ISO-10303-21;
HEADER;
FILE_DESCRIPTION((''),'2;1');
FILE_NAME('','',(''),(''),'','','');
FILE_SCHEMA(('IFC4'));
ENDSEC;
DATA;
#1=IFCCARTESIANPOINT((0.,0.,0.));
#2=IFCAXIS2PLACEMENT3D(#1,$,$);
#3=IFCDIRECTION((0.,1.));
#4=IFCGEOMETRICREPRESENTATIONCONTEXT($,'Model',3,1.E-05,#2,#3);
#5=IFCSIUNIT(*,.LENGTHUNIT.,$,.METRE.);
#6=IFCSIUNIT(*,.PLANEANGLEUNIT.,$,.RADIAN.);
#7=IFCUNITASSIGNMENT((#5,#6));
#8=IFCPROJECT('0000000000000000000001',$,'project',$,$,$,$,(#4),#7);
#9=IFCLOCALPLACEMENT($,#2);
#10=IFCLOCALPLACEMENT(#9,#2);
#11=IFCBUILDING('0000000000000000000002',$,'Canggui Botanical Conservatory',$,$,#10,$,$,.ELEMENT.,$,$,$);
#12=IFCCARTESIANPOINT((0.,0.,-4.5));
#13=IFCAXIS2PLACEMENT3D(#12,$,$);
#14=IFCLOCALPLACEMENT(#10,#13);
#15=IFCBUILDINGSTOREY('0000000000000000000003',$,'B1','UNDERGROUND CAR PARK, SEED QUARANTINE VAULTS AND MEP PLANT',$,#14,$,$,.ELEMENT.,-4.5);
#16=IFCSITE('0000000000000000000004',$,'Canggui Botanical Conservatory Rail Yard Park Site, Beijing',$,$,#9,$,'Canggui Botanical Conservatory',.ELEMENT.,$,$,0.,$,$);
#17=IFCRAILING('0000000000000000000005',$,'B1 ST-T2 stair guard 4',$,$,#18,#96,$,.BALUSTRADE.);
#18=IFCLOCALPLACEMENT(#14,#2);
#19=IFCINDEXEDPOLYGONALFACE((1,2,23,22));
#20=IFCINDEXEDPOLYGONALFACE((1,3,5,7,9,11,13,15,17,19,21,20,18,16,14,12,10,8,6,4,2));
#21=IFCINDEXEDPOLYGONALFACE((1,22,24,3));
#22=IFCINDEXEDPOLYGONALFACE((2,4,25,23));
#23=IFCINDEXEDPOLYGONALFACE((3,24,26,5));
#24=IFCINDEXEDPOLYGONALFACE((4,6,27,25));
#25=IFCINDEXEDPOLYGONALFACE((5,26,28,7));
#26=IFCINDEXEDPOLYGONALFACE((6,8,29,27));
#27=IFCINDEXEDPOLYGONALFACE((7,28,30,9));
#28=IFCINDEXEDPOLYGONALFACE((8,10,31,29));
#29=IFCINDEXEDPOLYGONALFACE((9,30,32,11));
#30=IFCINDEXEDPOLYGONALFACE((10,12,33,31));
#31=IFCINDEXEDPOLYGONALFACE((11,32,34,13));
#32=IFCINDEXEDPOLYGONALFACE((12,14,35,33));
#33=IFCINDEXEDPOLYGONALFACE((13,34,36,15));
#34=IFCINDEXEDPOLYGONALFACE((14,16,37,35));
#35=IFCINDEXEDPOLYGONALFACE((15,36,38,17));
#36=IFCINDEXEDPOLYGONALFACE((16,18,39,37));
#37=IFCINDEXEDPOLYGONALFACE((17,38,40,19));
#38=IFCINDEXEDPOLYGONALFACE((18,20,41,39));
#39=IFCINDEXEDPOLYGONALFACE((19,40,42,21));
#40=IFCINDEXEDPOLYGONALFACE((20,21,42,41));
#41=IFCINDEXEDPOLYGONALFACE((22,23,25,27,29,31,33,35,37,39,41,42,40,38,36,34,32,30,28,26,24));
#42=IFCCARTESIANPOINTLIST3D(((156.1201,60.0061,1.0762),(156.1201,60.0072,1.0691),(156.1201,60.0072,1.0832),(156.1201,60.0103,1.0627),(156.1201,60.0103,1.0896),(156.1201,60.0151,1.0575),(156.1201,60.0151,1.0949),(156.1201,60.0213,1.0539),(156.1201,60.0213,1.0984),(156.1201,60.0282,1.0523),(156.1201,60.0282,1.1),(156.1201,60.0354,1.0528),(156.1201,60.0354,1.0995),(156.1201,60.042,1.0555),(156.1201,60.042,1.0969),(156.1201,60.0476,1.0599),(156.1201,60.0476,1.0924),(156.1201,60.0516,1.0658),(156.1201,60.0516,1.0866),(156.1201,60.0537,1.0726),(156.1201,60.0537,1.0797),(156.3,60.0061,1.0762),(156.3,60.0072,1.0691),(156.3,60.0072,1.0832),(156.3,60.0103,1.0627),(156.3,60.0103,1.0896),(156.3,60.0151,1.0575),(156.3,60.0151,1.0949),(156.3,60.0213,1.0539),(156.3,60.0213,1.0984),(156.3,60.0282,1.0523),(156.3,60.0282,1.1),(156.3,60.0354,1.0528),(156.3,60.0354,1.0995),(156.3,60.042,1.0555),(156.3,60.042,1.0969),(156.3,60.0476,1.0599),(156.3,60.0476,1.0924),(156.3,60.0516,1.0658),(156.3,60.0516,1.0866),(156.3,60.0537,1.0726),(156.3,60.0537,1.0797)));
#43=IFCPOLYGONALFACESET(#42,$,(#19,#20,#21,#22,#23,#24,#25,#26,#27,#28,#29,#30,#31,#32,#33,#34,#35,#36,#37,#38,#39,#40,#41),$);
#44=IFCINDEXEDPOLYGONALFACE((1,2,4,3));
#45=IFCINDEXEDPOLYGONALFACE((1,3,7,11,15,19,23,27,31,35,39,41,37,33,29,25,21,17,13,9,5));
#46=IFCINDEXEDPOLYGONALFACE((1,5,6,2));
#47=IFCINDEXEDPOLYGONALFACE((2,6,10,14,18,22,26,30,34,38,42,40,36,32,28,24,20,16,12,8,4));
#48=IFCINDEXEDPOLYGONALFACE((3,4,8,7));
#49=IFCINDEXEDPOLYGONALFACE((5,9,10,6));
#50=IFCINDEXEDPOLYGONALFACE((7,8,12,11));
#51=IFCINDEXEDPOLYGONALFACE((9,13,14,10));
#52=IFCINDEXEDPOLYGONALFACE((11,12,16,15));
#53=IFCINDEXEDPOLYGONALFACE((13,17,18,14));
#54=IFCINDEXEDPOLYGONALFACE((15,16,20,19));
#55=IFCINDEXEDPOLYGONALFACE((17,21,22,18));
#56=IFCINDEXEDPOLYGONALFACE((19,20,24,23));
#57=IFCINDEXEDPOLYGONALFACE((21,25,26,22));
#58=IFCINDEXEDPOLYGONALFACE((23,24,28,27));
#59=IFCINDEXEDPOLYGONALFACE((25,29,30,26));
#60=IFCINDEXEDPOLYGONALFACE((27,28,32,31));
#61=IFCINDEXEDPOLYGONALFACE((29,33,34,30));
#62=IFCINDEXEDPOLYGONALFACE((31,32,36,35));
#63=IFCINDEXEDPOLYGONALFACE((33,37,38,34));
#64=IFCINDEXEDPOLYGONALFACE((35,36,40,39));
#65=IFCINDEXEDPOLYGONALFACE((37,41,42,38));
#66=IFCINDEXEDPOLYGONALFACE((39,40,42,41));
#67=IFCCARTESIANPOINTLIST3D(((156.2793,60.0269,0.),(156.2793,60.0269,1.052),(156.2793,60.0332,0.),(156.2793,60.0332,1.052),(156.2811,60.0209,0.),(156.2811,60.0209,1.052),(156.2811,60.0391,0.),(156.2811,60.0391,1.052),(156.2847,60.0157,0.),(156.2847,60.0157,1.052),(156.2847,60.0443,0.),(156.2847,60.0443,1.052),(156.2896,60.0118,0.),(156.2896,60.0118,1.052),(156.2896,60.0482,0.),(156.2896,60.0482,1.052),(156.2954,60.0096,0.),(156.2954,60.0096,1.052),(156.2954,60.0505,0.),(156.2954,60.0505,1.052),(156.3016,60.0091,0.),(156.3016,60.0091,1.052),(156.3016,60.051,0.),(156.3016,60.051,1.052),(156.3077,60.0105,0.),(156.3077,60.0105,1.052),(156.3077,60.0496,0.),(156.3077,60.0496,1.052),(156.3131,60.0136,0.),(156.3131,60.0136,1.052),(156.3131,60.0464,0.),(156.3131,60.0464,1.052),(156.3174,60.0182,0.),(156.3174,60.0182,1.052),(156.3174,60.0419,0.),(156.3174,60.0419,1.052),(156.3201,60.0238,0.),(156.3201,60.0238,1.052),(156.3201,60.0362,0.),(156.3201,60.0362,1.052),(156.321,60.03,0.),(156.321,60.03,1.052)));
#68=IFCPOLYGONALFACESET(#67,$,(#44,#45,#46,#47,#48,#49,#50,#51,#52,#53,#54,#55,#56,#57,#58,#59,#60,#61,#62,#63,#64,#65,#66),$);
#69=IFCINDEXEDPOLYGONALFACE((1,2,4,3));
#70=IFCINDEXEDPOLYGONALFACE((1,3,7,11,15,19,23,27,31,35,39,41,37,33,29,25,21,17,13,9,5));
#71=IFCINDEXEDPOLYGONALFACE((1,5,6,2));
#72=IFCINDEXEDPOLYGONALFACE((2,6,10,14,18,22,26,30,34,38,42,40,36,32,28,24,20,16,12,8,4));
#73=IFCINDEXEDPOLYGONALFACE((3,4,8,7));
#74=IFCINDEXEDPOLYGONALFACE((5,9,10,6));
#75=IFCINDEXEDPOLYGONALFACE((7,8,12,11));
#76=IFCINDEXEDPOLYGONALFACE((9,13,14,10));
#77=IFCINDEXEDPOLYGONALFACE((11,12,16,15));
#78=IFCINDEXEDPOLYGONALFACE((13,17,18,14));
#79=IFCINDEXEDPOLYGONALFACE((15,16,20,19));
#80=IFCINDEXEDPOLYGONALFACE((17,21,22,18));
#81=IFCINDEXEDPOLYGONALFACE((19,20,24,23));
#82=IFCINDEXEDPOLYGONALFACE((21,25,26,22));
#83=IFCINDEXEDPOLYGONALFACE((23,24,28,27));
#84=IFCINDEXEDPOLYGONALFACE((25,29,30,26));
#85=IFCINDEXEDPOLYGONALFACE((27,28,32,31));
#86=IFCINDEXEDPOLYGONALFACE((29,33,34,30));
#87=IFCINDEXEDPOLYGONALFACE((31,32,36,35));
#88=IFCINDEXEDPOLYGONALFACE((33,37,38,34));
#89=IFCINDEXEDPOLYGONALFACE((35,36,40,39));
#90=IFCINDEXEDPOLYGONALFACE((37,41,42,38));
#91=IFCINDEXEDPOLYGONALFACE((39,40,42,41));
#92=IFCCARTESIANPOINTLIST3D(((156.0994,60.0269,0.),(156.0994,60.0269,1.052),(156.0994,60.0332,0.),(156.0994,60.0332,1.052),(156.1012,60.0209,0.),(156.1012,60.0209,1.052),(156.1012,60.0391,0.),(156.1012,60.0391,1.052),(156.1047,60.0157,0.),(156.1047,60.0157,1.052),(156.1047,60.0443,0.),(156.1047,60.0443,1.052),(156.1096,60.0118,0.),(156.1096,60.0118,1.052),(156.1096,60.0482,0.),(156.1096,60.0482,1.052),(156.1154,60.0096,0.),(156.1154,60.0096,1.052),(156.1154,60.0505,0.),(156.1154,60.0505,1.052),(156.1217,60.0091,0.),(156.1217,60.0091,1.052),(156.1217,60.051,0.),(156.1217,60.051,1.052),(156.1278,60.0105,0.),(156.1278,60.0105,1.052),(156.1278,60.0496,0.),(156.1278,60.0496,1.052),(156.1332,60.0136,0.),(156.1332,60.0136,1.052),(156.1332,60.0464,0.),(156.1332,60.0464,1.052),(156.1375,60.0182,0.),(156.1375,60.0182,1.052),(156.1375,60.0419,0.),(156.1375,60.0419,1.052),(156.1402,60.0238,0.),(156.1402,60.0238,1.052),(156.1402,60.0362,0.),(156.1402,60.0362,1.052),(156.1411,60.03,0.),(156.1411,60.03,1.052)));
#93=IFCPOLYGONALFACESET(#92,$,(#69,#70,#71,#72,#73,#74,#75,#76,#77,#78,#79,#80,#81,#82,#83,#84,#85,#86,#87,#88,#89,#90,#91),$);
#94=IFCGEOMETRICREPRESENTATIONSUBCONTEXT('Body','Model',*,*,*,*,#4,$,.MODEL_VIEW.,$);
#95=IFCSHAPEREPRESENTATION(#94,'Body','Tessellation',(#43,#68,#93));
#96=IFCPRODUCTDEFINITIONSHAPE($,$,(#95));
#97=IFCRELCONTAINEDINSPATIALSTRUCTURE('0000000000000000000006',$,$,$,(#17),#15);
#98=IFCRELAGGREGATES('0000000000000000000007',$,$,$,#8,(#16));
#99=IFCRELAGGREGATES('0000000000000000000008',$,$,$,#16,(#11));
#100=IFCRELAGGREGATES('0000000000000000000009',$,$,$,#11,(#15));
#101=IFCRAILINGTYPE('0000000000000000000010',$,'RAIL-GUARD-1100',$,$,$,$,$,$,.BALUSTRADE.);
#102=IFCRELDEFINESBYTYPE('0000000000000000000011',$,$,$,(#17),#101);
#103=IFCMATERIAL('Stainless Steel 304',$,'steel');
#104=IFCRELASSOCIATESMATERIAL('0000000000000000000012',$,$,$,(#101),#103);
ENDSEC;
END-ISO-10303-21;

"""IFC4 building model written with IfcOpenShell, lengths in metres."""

from ifc_helpers import new_model, si_unit, direction, frame, origin, origin_2d, place, context, subcontext, project, spatial, circle, extrude, material, type_object, element, save


model = new_model("IFC4")

# Units and contexts
model_context = context("Model", 3, precision=1e-05, world=origin(), true_north=direction((0.0, 1.0)))
body_context = subcontext(model_context, "Body", "Model", "MODEL_VIEW")
ifc_project = project(units=[si_unit("LENGTHUNIT", "METRE"), si_unit("PLANEANGLEUNIT", "RADIAN")], contexts=[model_context])

# Site, building, storey
site_placement = place(None, origin())
site = spatial("IfcSite", under=ifc_project, at=site_placement, Name="Canggui Botanical Conservatory Rail Yard Park Site, Beijing", LongName="Canggui Botanical Conservatory", CompositionType="ELEMENT", RefElevation=0.0)
building_placement = place(site_placement, origin())
building = spatial("IfcBuilding", under=site, at=building_placement, Name="Canggui Botanical Conservatory", CompositionType="ELEMENT")
storey_placement = place(building_placement, frame((0.0, 0.0, -4.5)))
storey = spatial("IfcBuildingStorey", under=building, at=storey_placement, Name="B1", Description="UNDERGROUND CAR PARK, SEED QUARANTINE VAULTS AND MEP PLANT", CompositionType="ELEMENT", Elevation=-4.5)

# Railing
ifc_material_1 = material(Name="Stainless Steel 304", Category="steel")
railing_type_1 = type_object("IfcRailingType", Name="RAIL-GUARD-1100", PredefinedType="BALUSTRADE", material=ifc_material_1)
railing_1_placement = place(storey_placement, frame((156.3, 60.03, 0.0)))
element("IfcRailing", 1, at=railing_1_placement, inside=storey, type_object=railing_type_1, Name="B1 ST-T2 stair guard 4", PredefinedType="BALUSTRADE", context=body_context, shape_type="SweptSolid", body=[
    extrude(circle(Radius=0.0239, at=origin_2d()), frame((0.0, 0.0, 1.0762), z_axis=(-1.0, 0.0, 0.0), x_axis=(0.0, -1.0, 0.0)), (0.0, 0.0, 1.0), 0.1799),
    extrude(circle(Radius=0.021, at=origin_2d()), origin(), (0.0, 0.0, 1.0), 1.052),
    extrude(circle(Radius=0.021, at=origin_2d()), frame((-0.1799, 0.0, 0.0)), (0.0, 0.0, 1.0), 1.052),
])

save(model, "model.ifc")
